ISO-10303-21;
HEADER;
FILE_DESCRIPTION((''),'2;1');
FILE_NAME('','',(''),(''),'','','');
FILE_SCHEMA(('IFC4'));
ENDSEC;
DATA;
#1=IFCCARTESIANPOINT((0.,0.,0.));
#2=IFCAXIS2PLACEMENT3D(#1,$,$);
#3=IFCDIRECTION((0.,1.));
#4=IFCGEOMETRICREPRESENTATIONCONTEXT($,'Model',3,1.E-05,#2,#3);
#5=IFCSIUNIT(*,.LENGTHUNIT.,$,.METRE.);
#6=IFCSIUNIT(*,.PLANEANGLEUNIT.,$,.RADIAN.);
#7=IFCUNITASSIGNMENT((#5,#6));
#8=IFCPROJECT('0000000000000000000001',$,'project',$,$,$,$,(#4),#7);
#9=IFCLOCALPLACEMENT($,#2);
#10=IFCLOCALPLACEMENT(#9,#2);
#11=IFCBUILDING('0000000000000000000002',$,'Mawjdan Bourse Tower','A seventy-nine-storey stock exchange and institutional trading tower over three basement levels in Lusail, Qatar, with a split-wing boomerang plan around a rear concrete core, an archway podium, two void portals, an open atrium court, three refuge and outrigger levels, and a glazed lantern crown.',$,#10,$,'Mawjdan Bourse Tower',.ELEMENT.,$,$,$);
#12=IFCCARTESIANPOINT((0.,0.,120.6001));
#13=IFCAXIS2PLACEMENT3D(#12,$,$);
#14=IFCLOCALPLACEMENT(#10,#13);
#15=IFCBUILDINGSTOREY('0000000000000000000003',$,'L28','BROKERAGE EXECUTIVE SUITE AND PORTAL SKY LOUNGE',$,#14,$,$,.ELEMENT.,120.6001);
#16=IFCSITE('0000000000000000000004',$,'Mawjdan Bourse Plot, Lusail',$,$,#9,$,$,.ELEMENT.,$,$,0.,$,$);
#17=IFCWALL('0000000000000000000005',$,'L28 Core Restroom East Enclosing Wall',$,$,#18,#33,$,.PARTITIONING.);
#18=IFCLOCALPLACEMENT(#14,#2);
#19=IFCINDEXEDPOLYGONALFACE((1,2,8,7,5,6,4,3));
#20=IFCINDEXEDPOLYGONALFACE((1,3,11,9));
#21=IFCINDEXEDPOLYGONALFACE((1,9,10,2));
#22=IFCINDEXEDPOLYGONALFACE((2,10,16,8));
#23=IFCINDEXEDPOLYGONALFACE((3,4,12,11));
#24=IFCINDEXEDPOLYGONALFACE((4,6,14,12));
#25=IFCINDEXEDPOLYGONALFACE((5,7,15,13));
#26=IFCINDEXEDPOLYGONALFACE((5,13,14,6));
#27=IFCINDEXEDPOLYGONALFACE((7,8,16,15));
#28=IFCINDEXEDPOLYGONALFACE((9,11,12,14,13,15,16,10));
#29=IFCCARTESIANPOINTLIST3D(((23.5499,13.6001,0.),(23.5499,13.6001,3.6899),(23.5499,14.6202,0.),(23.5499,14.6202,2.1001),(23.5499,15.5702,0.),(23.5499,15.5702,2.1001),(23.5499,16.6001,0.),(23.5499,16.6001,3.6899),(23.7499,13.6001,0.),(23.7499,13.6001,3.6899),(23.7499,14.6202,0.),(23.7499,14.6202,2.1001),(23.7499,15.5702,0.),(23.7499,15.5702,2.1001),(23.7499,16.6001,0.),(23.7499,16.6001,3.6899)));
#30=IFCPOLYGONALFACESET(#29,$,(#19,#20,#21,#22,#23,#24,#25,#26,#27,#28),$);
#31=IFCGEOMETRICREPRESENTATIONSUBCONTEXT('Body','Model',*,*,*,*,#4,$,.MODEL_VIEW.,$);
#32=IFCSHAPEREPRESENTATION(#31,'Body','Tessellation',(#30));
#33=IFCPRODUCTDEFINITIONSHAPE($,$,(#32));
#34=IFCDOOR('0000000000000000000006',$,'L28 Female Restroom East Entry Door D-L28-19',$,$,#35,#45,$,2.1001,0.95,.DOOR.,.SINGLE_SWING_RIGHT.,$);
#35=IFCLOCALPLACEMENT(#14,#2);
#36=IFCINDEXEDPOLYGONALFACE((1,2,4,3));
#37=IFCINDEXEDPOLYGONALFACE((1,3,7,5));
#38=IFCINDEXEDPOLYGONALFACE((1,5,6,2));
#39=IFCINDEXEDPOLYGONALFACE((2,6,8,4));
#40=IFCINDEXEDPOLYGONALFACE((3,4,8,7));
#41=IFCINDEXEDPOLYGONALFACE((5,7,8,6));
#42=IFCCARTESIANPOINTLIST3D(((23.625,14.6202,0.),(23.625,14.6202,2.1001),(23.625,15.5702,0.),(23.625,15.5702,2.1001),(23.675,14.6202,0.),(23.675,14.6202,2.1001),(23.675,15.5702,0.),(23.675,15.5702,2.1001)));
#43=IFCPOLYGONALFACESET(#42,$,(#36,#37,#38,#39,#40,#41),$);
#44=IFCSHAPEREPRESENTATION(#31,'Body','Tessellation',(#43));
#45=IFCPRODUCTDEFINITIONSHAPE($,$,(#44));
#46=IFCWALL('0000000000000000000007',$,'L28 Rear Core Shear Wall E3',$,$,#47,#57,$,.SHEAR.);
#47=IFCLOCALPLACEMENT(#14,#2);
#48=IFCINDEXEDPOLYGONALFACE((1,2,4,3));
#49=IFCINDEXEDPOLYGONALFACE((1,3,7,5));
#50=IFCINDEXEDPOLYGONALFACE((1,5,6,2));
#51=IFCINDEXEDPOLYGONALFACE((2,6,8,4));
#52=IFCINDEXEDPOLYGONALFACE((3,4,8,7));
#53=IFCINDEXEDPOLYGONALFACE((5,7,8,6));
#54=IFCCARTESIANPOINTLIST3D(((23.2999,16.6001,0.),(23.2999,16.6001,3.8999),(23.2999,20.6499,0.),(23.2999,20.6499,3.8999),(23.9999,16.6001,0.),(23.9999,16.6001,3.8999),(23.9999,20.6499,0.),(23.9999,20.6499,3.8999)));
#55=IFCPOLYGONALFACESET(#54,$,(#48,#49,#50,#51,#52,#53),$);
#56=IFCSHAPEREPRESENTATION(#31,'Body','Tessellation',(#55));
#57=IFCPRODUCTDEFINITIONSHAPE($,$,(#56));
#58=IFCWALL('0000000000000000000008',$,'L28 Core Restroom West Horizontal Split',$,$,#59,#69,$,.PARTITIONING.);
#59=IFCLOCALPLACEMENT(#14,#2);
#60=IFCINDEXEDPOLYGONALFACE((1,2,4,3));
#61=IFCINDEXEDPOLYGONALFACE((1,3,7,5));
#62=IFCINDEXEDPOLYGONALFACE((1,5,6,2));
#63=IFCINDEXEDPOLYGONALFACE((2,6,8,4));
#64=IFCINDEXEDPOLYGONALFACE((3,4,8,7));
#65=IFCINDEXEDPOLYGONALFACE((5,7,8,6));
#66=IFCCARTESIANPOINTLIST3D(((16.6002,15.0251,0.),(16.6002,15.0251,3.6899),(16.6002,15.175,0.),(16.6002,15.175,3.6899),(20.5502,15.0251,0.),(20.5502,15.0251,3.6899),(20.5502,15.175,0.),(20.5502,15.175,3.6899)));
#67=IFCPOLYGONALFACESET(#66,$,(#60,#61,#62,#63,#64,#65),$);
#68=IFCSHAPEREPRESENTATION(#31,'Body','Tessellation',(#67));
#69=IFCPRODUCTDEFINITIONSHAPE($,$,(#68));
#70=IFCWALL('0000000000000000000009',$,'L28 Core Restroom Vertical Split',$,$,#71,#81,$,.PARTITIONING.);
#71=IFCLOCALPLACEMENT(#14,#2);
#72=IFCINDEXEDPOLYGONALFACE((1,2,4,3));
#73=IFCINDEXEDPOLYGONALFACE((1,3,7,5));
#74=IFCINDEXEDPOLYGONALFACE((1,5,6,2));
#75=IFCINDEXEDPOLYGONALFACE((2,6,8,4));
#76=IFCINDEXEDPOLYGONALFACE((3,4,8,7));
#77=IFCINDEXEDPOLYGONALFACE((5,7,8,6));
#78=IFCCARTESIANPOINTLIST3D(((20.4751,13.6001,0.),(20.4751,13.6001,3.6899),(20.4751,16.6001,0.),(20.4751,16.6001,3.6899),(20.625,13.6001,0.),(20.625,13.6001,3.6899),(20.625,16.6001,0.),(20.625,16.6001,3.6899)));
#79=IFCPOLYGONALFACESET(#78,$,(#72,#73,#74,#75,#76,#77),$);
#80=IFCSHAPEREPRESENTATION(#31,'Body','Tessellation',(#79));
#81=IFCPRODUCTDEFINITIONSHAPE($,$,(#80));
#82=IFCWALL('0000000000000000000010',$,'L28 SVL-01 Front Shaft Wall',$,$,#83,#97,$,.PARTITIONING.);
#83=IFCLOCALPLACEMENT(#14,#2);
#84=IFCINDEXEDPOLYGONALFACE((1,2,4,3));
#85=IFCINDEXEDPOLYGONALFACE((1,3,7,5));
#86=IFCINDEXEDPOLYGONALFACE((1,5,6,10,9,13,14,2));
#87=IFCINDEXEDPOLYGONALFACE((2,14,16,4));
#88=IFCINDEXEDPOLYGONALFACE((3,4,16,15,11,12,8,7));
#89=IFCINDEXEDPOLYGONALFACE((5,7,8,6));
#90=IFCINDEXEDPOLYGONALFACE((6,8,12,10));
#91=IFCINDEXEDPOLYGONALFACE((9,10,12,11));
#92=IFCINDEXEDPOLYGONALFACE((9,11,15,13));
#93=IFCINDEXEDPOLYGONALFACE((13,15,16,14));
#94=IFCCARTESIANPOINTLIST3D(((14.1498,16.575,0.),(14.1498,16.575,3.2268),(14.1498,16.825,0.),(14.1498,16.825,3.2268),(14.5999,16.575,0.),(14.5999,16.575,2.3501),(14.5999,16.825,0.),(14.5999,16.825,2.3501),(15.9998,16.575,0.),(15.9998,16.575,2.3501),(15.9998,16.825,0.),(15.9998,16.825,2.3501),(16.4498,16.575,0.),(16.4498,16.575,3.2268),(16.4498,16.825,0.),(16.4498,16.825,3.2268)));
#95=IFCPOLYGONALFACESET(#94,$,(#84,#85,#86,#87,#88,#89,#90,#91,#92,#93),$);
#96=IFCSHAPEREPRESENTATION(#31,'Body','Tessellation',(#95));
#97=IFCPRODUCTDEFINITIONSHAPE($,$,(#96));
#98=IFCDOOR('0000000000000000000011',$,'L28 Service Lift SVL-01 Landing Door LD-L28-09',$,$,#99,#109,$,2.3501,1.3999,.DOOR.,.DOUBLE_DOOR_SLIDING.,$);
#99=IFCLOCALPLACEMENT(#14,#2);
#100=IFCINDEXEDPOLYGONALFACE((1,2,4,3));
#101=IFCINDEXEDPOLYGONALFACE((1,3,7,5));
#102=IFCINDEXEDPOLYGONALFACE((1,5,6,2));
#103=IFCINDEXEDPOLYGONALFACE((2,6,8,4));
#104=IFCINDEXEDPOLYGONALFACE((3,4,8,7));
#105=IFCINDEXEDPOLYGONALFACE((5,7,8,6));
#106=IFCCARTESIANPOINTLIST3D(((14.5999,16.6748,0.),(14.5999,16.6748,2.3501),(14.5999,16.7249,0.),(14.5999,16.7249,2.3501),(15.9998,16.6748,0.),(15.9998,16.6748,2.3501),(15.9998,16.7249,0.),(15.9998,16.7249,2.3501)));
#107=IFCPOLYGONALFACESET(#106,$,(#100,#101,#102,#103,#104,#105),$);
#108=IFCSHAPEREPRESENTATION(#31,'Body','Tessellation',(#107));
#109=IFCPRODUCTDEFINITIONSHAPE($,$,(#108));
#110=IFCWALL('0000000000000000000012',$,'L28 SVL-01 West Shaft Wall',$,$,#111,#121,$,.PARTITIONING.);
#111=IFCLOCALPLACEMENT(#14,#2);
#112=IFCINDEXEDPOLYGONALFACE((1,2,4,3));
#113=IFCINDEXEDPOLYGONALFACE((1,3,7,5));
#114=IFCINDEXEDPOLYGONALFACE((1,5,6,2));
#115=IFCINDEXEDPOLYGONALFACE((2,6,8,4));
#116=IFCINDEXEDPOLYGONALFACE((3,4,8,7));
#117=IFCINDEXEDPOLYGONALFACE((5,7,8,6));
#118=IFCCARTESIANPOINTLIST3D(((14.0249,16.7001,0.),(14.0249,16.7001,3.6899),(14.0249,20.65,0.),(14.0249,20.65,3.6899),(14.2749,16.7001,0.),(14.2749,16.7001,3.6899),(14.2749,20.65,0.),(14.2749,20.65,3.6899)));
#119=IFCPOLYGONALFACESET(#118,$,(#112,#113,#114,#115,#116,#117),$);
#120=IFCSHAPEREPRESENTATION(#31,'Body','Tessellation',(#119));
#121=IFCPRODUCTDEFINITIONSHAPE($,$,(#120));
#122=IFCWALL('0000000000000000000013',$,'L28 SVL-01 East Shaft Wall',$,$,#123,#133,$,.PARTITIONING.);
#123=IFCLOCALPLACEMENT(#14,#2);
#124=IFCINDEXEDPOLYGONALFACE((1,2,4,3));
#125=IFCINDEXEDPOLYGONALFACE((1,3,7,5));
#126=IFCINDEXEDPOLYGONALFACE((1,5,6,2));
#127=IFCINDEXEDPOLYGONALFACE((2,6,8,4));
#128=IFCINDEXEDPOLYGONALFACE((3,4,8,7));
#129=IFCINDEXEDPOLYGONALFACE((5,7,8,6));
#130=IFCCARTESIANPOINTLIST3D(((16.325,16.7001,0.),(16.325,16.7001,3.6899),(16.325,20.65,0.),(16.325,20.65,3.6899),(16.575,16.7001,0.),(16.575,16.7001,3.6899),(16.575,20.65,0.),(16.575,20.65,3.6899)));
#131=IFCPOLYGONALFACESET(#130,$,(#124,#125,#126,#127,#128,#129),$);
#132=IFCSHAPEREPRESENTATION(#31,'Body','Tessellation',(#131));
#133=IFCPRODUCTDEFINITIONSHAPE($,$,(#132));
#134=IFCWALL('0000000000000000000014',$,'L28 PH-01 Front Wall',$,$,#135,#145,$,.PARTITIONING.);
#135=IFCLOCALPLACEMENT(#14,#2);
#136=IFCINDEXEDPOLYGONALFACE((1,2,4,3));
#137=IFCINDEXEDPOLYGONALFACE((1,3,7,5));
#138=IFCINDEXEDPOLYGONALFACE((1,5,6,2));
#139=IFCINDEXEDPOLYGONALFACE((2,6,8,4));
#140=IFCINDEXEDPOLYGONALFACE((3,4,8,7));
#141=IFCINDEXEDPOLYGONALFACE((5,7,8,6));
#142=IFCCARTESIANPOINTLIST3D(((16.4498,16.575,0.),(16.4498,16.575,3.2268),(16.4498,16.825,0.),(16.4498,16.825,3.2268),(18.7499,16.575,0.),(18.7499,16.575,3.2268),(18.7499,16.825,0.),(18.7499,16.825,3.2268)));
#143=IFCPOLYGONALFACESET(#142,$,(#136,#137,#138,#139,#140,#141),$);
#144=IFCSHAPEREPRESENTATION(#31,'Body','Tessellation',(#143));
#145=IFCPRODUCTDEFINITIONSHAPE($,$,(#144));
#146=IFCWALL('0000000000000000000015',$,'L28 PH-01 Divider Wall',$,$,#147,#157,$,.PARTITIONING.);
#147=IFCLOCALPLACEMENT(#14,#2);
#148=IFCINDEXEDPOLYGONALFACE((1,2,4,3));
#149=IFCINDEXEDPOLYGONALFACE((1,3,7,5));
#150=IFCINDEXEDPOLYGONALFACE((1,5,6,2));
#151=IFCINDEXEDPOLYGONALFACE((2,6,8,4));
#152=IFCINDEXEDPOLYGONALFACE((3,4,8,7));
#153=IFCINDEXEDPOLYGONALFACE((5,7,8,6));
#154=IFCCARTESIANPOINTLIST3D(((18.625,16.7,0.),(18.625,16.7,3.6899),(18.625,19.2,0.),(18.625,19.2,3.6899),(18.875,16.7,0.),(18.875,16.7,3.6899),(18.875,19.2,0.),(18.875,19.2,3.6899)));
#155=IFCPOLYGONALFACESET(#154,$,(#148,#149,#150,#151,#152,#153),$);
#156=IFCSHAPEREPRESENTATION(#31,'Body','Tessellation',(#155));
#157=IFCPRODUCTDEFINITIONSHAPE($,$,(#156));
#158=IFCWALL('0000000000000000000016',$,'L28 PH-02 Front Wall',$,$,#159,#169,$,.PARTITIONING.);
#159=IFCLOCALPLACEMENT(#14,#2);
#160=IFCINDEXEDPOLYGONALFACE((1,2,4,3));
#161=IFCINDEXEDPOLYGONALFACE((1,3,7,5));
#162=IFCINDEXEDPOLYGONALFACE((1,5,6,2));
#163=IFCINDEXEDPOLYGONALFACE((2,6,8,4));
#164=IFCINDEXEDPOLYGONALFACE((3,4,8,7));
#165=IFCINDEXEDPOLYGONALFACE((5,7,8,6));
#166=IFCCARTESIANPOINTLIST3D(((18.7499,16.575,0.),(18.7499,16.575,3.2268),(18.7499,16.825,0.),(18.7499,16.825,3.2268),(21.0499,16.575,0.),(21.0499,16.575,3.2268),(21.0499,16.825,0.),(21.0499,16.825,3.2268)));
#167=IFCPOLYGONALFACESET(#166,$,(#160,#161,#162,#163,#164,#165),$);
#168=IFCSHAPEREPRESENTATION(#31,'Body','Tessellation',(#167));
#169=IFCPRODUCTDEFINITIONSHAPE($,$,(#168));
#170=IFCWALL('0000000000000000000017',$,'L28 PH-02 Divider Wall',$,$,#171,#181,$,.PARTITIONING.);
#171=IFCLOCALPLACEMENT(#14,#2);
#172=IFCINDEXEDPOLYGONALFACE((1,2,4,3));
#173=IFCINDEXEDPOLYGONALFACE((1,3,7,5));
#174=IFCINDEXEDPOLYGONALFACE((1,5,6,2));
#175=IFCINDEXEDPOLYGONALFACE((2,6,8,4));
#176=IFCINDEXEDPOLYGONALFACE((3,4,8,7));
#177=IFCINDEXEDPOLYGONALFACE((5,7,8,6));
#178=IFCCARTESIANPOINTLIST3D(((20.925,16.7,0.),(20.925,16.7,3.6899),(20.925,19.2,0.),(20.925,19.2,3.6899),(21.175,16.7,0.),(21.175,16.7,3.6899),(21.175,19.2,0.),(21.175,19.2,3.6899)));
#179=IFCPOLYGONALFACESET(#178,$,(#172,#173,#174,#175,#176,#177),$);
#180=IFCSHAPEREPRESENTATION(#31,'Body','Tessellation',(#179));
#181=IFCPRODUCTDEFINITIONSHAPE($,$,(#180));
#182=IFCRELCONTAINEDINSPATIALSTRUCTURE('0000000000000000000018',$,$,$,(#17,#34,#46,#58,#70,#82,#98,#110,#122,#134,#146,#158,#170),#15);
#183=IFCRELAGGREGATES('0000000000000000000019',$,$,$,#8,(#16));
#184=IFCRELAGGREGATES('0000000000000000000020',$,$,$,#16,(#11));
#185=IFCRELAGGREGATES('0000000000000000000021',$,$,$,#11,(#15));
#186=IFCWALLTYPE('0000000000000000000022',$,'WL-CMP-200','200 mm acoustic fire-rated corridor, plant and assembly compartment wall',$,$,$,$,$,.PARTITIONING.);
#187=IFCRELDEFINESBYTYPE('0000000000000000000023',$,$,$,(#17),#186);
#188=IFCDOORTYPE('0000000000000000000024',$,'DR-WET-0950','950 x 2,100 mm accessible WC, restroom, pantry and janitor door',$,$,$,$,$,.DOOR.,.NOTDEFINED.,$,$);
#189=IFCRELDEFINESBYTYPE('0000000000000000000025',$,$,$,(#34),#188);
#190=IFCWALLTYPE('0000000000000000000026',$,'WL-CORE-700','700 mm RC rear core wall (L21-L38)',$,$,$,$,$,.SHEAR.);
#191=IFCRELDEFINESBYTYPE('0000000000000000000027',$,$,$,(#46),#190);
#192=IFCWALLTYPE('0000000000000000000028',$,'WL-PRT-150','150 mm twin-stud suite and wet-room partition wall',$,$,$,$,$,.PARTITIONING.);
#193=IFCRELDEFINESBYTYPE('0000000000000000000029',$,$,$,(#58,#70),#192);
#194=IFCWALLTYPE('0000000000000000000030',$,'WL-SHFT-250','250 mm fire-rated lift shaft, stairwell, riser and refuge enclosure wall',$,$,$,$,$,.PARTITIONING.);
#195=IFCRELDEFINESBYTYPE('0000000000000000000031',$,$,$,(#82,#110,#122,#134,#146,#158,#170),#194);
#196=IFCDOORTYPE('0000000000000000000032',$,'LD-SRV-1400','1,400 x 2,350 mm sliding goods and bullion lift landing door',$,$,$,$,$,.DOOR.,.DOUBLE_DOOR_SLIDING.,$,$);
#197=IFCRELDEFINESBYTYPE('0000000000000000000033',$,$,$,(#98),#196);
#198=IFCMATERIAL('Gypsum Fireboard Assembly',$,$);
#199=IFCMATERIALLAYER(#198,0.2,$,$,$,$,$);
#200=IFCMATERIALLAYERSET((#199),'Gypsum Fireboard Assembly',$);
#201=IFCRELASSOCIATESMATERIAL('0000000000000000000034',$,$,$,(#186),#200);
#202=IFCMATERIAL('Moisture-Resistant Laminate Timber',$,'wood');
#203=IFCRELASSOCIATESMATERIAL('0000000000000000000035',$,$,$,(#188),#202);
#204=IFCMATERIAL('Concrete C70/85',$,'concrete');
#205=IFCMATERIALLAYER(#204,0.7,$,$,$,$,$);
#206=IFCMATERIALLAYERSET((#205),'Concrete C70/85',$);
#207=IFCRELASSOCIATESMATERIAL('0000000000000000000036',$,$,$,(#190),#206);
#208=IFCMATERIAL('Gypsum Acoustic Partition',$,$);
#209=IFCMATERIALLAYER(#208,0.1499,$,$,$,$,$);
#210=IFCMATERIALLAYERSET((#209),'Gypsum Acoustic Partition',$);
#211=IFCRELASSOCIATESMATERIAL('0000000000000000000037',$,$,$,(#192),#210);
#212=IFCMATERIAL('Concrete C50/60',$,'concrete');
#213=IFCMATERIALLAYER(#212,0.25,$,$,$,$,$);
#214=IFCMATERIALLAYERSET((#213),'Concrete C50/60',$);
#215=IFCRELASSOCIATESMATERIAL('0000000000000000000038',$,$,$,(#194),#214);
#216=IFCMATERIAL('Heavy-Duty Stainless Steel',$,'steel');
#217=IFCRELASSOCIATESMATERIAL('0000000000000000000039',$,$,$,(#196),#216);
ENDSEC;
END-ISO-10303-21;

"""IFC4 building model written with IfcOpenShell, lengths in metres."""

from ifc_helpers import new_model, si_unit, direction, frame, frame_2d, origin, place, context, subcontext, project, spatial, rectangle, extrude, material, layer, layer_set, type_object, element, fill, save


model = new_model("IFC4")

# Units and contexts
model_context = context("Model", 3, precision=1e-05, world=origin(), true_north=direction((0.0, 1.0)))
body_context = subcontext(model_context, "Body", "Model", "MODEL_VIEW")
ifc_project = project(units=[si_unit("LENGTHUNIT", "METRE"), si_unit("PLANEANGLEUNIT", "RADIAN")], contexts=[model_context])

# Site, building, storey
site_placement = place(None, origin())
site = spatial("IfcSite", under=ifc_project, at=site_placement, Name="Mawjdan Bourse Plot, Lusail", CompositionType="ELEMENT", RefElevation=0.0)
building_placement = place(site_placement, origin())
building = spatial("IfcBuilding", under=site, at=building_placement, Name="Mawjdan Bourse Tower", Description="A seventy-nine-storey stock exchange and institutional trading tower over three basement levels in Lusail, Qatar, with a split-wing boomerang plan around a rear concrete core, an archway podium, two void portals, an open atrium court, three refuge and outrigger levels, and a glazed lantern crown.", LongName="Mawjdan Bourse Tower", CompositionType="ELEMENT")
storey_placement = place(building_placement, frame((0.0, 0.0, 120.6001)))
storey = spatial("IfcBuildingStorey", under=building, at=storey_placement, Name="L28", Description="BROKERAGE EXECUTIVE SUITE AND PORTAL SKY LOUNGE", CompositionType="ELEMENT", Elevation=120.6001)

# Shared definitions
ifc_material_1 = material(Name="Concrete C70/85", Category="concrete")

# Shared definitions
ifc_material_2 = material(Name="Gypsum Fireboard Assembly")
ifc_layer_1 = layer(ifc_material_2, 0.2)
ifc_layer_set_1 = layer_set([ifc_layer_1], Name="Gypsum Fireboard Assembly")
wall_type_1 = type_object("IfcWallType", Name="WL-CMP-200", Description="200 mm acoustic fire-rated corridor, plant and assembly compartment wall", PredefinedType="PARTITIONING", material=ifc_layer_set_1)
ifc_material_3 = material(Name="Moisture-Resistant Laminate Timber", Category="wood")
door_type_1 = type_object("IfcDoorType", Name="DR-WET-0950", Description="950 x 2,100 mm accessible WC, restroom, pantry and janitor door", OperationType="NOTDEFINED", PredefinedType="DOOR", material=ifc_material_3)

# Wall, opening, door
wall_1_placement = place(storey_placement, frame((23.6499, 13.6001, 0.0), z_axis=(0.0, 0.0, 1.0), x_axis=(0.0, 1.0, 0.0)))
wall_1 = element("IfcWall", 1, at=wall_1_placement, inside=storey, type_object=wall_type_1, Name="L28 Core Restroom East Enclosing Wall", PredefinedType="PARTITIONING", context=body_context, shape_type="SweptSolid", body=[
    extrude(rectangle(XDim=3.0, YDim=0.2, at=frame_2d((1.5, 0.0))), origin(), (0.0, 0.0, 1.0), 3.6899),
])
opening_1_placement = place(wall_1_placement, frame((1.02, 0.0, 0.0)))
opening_1 = element("IfcOpeningElement", 2, at=opening_1_placement, cuts=wall_1, PredefinedType="OPENING", context=body_context, shape_type="SweptSolid", body=[
    extrude(rectangle(XDim=0.95, YDim=2.1001, at=frame_2d((0.4751, 1.05))), frame((0.0, 0.1099, 0.0), z_axis=(0.0, -1.0, 0.0), x_axis=(1.0, 0.0, 0.0)), (0.0, 0.0, 1.0), 0.22),
])
door_1_placement = place(opening_1_placement, origin())
door_1 = element("IfcDoor", 3, at=door_1_placement, inside=storey, type_object=door_type_1, Name="L28 Female Restroom East Entry Door D-L28-19", OperationType="SINGLE_SWING_RIGHT", OverallHeight=2.1001, OverallWidth=0.95, PredefinedType="DOOR", context=body_context, shape_type="SweptSolid", body=[
    extrude(rectangle(XDim=0.95, YDim=2.1001, at=frame_2d((0.4751, 1.05))), frame((0.0, 0.0249, 0.0), z_axis=(0.0, -1.0, 0.0), x_axis=(1.0, 0.0, 0.0)), (0.0, 0.0, 1.0), 0.05),
])
fill(opening_1, door_1)

# Walls
ifc_layer_2 = layer(ifc_material_1, 0.7)
ifc_layer_set_2 = layer_set([ifc_layer_2], Name="Concrete C70/85")
wall_type_2 = type_object("IfcWallType", Name="WL-CORE-700", Description="700 mm RC rear core wall (L21-L38)", PredefinedType="SHEAR", material=ifc_layer_set_2)
wall_2_placement = place(storey_placement, frame((23.6499, 16.6001, 0.0), z_axis=(0.0, 0.0, 1.0), x_axis=(0.0, 1.0, 0.0)))
element("IfcWall", 4, at=wall_2_placement, inside=storey, type_object=wall_type_2, Name="L28 Rear Core Shear Wall E3", PredefinedType="SHEAR", context=body_context, shape_type="SweptSolid", body=[
    extrude(rectangle(XDim=4.0498, YDim=0.7, at=frame_2d((2.0249, 0.0))), origin(), (0.0, 0.0, 1.0), 3.8999),
])
ifc_material_4 = material(Name="Gypsum Acoustic Partition")
ifc_layer_3 = layer(ifc_material_4, 0.1499)
ifc_layer_set_3 = layer_set([ifc_layer_3], Name="Gypsum Acoustic Partition")
wall_type_3 = type_object("IfcWallType", Name="WL-PRT-150", Description="150 mm twin-stud suite and wet-room partition wall", PredefinedType="PARTITIONING", material=ifc_layer_set_3)
wall_3_placement = place(storey_placement, frame((16.6001, 15.1001, 0.0), z_axis=(0.0, 0.0, 1.0), x_axis=(1.0, 0.0, 0.0)))
element("IfcWall", 5, at=wall_3_placement, inside=storey, type_object=wall_type_3, Name="L28 Core Restroom West Horizontal Split", PredefinedType="PARTITIONING", context=body_context, shape_type="SweptSolid", body=[
    extrude(rectangle(XDim=3.95, YDim=0.1499, at=frame_2d((1.9751, 0.0))), origin(), (0.0, 0.0, 1.0), 3.6899),
])
wall_4_placement = place(storey_placement, frame((20.55, 13.6001, 0.0), z_axis=(0.0, 0.0, 1.0), x_axis=(0.0, 1.0, 0.0)))
element("IfcWall", 6, at=wall_4_placement, inside=storey, type_object=wall_type_3, Name="L28 Core Restroom Vertical Split", PredefinedType="PARTITIONING", context=body_context, shape_type="SweptSolid", body=[
    extrude(rectangle(XDim=3.0, YDim=0.1499, at=frame_2d((1.5, 0.0))), origin(), (0.0, 0.0, 1.0), 3.6899),
])

# Wall, opening, door
ifc_material_5 = material(Name="Concrete C50/60", Category="concrete")
ifc_layer_4 = layer(ifc_material_5, 0.25)
ifc_layer_set_4 = layer_set([ifc_layer_4], Name="Concrete C50/60")
wall_type_4 = type_object("IfcWallType", Name="WL-SHFT-250", Description="250 mm fire-rated lift shaft, stairwell, riser and refuge enclosure wall", PredefinedType="PARTITIONING", material=ifc_layer_set_4)
wall_5_placement = place(storey_placement, frame((14.1499, 16.7, 0.0), z_axis=(0.0, 0.0, 1.0), x_axis=(1.0, 0.0, 0.0)))
wall_5 = element("IfcWall", 7, at=wall_5_placement, inside=storey, type_object=wall_type_4, Name="L28 SVL-01 Front Shaft Wall", PredefinedType="PARTITIONING", context=body_context, shape_type="SweptSolid", body=[
    extrude(rectangle(XDim=2.3, YDim=0.25, at=frame_2d((1.1499, 0.0))), origin(), (0.0, 0.0, 1.0), 3.2268),
])
opening_2_placement = place(wall_5_placement, frame((0.45, 0.0, 0.0)))
opening_2 = element("IfcOpeningElement", 8, at=opening_2_placement, cuts=wall_5, PredefinedType="OPENING", context=body_context, shape_type="SweptSolid", body=[
    extrude(rectangle(XDim=1.3999, YDim=2.3501, at=frame_2d((0.7, 1.175))), frame((0.0, 0.135, 0.0), z_axis=(0.0, -1.0, 0.0), x_axis=(1.0, 0.0, 0.0)), (0.0, 0.0, 1.0), 0.27),
])
ifc_material_6 = material(Name="Heavy-Duty Stainless Steel", Category="steel")
door_type_2 = type_object("IfcDoorType", Name="LD-SRV-1400", Description="1,400 x 2,350 mm sliding goods and bullion lift landing door", OperationType="DOUBLE_DOOR_SLIDING", PredefinedType="DOOR", material=ifc_material_6)
door_2_placement = place(opening_2_placement, origin())
door_2 = element("IfcDoor", 9, at=door_2_placement, inside=storey, type_object=door_type_2, Name="L28 Service Lift SVL-01 Landing Door LD-L28-09", OperationType="DOUBLE_DOOR_SLIDING", OverallHeight=2.3501, OverallWidth=1.3999, PredefinedType="DOOR", context=body_context, shape_type="SweptSolid", body=[
    extrude(rectangle(XDim=1.3999, YDim=2.3501, at=frame_2d((0.7, 1.175))), frame((0.0, 0.0249, 0.0), z_axis=(0.0, -1.0, 0.0), x_axis=(1.0, 0.0, 0.0)), (0.0, 0.0, 1.0), 0.05),
])
fill(opening_2, door_2)

# Walls
for number, where, z_axis, x_axis, name in (
    (10, (14.1499, 16.7, 0.0), (0.0, 0.0, 1.0), (0.0, 1.0, 0.0), "L28 SVL-01 West Shaft Wall"),
    (11, (16.45, 16.7, 0.0), (0.0, 0.0, 1.0), (0.0, 1.0, 0.0), "L28 SVL-01 East Shaft Wall"),
):
    element("IfcWall", number, at=place(storey_placement, frame(where, z_axis=z_axis, x_axis=x_axis)), inside=storey, type_object=wall_type_4, Name=name, PredefinedType="PARTITIONING", context=body_context, shape_type="SweptSolid", body=[
        extrude(rectangle(XDim=3.95, YDim=0.25, at=frame_2d((1.9751, 0.0))), origin(), (0.0, 0.0, 1.0), 3.6899),
    ])
wall_6_placement = place(storey_placement, frame((16.45, 16.7, 0.0), z_axis=(0.0, 0.0, 1.0), x_axis=(1.0, 0.0, 0.0)))
element("IfcWall", 12, at=wall_6_placement, inside=storey, type_object=wall_type_4, Name="L28 PH-01 Front Wall", PredefinedType="PARTITIONING", context=body_context, shape_type="SweptSolid", body=[
    extrude(rectangle(XDim=2.3, YDim=0.25, at=frame_2d((1.1499, 0.0))), origin(), (0.0, 0.0, 1.0), 3.2268),
])
wall_7_placement = place(storey_placement, frame((18.75, 16.7, 0.0), z_axis=(0.0, 0.0, 1.0), x_axis=(0.0, 1.0, 0.0)))
element("IfcWall", 13, at=wall_7_placement, inside=storey, type_object=wall_type_4, Name="L28 PH-01 Divider Wall", PredefinedType="PARTITIONING", context=body_context, shape_type="SweptSolid", body=[
    extrude(rectangle(XDim=2.5, YDim=0.25, at=frame_2d((1.25, 0.0))), origin(), (0.0, 0.0, 1.0), 3.6899),
])
wall_8_placement = place(storey_placement, frame((18.75, 16.7, 0.0), z_axis=(0.0, 0.0, 1.0), x_axis=(1.0, 0.0, 0.0)))
element("IfcWall", 14, at=wall_8_placement, inside=storey, type_object=wall_type_4, Name="L28 PH-02 Front Wall", PredefinedType="PARTITIONING", context=body_context, shape_type="SweptSolid", body=[
    extrude(rectangle(XDim=2.3, YDim=0.25, at=frame_2d((1.1499, 0.0))), origin(), (0.0, 0.0, 1.0), 3.2268),
])
wall_9_placement = place(storey_placement, frame((21.05, 16.7, 0.0), z_axis=(0.0, 0.0, 1.0), x_axis=(0.0, 1.0, 0.0)))
element("IfcWall", 15, at=wall_9_placement, inside=storey, type_object=wall_type_4, Name="L28 PH-02 Divider Wall", PredefinedType="PARTITIONING", context=body_context, shape_type="SweptSolid", body=[
    extrude(rectangle(XDim=2.5, YDim=0.25, at=frame_2d((1.25, 0.0))), origin(), (0.0, 0.0, 1.0), 3.6899),
])

save(model, "model.ifc")
